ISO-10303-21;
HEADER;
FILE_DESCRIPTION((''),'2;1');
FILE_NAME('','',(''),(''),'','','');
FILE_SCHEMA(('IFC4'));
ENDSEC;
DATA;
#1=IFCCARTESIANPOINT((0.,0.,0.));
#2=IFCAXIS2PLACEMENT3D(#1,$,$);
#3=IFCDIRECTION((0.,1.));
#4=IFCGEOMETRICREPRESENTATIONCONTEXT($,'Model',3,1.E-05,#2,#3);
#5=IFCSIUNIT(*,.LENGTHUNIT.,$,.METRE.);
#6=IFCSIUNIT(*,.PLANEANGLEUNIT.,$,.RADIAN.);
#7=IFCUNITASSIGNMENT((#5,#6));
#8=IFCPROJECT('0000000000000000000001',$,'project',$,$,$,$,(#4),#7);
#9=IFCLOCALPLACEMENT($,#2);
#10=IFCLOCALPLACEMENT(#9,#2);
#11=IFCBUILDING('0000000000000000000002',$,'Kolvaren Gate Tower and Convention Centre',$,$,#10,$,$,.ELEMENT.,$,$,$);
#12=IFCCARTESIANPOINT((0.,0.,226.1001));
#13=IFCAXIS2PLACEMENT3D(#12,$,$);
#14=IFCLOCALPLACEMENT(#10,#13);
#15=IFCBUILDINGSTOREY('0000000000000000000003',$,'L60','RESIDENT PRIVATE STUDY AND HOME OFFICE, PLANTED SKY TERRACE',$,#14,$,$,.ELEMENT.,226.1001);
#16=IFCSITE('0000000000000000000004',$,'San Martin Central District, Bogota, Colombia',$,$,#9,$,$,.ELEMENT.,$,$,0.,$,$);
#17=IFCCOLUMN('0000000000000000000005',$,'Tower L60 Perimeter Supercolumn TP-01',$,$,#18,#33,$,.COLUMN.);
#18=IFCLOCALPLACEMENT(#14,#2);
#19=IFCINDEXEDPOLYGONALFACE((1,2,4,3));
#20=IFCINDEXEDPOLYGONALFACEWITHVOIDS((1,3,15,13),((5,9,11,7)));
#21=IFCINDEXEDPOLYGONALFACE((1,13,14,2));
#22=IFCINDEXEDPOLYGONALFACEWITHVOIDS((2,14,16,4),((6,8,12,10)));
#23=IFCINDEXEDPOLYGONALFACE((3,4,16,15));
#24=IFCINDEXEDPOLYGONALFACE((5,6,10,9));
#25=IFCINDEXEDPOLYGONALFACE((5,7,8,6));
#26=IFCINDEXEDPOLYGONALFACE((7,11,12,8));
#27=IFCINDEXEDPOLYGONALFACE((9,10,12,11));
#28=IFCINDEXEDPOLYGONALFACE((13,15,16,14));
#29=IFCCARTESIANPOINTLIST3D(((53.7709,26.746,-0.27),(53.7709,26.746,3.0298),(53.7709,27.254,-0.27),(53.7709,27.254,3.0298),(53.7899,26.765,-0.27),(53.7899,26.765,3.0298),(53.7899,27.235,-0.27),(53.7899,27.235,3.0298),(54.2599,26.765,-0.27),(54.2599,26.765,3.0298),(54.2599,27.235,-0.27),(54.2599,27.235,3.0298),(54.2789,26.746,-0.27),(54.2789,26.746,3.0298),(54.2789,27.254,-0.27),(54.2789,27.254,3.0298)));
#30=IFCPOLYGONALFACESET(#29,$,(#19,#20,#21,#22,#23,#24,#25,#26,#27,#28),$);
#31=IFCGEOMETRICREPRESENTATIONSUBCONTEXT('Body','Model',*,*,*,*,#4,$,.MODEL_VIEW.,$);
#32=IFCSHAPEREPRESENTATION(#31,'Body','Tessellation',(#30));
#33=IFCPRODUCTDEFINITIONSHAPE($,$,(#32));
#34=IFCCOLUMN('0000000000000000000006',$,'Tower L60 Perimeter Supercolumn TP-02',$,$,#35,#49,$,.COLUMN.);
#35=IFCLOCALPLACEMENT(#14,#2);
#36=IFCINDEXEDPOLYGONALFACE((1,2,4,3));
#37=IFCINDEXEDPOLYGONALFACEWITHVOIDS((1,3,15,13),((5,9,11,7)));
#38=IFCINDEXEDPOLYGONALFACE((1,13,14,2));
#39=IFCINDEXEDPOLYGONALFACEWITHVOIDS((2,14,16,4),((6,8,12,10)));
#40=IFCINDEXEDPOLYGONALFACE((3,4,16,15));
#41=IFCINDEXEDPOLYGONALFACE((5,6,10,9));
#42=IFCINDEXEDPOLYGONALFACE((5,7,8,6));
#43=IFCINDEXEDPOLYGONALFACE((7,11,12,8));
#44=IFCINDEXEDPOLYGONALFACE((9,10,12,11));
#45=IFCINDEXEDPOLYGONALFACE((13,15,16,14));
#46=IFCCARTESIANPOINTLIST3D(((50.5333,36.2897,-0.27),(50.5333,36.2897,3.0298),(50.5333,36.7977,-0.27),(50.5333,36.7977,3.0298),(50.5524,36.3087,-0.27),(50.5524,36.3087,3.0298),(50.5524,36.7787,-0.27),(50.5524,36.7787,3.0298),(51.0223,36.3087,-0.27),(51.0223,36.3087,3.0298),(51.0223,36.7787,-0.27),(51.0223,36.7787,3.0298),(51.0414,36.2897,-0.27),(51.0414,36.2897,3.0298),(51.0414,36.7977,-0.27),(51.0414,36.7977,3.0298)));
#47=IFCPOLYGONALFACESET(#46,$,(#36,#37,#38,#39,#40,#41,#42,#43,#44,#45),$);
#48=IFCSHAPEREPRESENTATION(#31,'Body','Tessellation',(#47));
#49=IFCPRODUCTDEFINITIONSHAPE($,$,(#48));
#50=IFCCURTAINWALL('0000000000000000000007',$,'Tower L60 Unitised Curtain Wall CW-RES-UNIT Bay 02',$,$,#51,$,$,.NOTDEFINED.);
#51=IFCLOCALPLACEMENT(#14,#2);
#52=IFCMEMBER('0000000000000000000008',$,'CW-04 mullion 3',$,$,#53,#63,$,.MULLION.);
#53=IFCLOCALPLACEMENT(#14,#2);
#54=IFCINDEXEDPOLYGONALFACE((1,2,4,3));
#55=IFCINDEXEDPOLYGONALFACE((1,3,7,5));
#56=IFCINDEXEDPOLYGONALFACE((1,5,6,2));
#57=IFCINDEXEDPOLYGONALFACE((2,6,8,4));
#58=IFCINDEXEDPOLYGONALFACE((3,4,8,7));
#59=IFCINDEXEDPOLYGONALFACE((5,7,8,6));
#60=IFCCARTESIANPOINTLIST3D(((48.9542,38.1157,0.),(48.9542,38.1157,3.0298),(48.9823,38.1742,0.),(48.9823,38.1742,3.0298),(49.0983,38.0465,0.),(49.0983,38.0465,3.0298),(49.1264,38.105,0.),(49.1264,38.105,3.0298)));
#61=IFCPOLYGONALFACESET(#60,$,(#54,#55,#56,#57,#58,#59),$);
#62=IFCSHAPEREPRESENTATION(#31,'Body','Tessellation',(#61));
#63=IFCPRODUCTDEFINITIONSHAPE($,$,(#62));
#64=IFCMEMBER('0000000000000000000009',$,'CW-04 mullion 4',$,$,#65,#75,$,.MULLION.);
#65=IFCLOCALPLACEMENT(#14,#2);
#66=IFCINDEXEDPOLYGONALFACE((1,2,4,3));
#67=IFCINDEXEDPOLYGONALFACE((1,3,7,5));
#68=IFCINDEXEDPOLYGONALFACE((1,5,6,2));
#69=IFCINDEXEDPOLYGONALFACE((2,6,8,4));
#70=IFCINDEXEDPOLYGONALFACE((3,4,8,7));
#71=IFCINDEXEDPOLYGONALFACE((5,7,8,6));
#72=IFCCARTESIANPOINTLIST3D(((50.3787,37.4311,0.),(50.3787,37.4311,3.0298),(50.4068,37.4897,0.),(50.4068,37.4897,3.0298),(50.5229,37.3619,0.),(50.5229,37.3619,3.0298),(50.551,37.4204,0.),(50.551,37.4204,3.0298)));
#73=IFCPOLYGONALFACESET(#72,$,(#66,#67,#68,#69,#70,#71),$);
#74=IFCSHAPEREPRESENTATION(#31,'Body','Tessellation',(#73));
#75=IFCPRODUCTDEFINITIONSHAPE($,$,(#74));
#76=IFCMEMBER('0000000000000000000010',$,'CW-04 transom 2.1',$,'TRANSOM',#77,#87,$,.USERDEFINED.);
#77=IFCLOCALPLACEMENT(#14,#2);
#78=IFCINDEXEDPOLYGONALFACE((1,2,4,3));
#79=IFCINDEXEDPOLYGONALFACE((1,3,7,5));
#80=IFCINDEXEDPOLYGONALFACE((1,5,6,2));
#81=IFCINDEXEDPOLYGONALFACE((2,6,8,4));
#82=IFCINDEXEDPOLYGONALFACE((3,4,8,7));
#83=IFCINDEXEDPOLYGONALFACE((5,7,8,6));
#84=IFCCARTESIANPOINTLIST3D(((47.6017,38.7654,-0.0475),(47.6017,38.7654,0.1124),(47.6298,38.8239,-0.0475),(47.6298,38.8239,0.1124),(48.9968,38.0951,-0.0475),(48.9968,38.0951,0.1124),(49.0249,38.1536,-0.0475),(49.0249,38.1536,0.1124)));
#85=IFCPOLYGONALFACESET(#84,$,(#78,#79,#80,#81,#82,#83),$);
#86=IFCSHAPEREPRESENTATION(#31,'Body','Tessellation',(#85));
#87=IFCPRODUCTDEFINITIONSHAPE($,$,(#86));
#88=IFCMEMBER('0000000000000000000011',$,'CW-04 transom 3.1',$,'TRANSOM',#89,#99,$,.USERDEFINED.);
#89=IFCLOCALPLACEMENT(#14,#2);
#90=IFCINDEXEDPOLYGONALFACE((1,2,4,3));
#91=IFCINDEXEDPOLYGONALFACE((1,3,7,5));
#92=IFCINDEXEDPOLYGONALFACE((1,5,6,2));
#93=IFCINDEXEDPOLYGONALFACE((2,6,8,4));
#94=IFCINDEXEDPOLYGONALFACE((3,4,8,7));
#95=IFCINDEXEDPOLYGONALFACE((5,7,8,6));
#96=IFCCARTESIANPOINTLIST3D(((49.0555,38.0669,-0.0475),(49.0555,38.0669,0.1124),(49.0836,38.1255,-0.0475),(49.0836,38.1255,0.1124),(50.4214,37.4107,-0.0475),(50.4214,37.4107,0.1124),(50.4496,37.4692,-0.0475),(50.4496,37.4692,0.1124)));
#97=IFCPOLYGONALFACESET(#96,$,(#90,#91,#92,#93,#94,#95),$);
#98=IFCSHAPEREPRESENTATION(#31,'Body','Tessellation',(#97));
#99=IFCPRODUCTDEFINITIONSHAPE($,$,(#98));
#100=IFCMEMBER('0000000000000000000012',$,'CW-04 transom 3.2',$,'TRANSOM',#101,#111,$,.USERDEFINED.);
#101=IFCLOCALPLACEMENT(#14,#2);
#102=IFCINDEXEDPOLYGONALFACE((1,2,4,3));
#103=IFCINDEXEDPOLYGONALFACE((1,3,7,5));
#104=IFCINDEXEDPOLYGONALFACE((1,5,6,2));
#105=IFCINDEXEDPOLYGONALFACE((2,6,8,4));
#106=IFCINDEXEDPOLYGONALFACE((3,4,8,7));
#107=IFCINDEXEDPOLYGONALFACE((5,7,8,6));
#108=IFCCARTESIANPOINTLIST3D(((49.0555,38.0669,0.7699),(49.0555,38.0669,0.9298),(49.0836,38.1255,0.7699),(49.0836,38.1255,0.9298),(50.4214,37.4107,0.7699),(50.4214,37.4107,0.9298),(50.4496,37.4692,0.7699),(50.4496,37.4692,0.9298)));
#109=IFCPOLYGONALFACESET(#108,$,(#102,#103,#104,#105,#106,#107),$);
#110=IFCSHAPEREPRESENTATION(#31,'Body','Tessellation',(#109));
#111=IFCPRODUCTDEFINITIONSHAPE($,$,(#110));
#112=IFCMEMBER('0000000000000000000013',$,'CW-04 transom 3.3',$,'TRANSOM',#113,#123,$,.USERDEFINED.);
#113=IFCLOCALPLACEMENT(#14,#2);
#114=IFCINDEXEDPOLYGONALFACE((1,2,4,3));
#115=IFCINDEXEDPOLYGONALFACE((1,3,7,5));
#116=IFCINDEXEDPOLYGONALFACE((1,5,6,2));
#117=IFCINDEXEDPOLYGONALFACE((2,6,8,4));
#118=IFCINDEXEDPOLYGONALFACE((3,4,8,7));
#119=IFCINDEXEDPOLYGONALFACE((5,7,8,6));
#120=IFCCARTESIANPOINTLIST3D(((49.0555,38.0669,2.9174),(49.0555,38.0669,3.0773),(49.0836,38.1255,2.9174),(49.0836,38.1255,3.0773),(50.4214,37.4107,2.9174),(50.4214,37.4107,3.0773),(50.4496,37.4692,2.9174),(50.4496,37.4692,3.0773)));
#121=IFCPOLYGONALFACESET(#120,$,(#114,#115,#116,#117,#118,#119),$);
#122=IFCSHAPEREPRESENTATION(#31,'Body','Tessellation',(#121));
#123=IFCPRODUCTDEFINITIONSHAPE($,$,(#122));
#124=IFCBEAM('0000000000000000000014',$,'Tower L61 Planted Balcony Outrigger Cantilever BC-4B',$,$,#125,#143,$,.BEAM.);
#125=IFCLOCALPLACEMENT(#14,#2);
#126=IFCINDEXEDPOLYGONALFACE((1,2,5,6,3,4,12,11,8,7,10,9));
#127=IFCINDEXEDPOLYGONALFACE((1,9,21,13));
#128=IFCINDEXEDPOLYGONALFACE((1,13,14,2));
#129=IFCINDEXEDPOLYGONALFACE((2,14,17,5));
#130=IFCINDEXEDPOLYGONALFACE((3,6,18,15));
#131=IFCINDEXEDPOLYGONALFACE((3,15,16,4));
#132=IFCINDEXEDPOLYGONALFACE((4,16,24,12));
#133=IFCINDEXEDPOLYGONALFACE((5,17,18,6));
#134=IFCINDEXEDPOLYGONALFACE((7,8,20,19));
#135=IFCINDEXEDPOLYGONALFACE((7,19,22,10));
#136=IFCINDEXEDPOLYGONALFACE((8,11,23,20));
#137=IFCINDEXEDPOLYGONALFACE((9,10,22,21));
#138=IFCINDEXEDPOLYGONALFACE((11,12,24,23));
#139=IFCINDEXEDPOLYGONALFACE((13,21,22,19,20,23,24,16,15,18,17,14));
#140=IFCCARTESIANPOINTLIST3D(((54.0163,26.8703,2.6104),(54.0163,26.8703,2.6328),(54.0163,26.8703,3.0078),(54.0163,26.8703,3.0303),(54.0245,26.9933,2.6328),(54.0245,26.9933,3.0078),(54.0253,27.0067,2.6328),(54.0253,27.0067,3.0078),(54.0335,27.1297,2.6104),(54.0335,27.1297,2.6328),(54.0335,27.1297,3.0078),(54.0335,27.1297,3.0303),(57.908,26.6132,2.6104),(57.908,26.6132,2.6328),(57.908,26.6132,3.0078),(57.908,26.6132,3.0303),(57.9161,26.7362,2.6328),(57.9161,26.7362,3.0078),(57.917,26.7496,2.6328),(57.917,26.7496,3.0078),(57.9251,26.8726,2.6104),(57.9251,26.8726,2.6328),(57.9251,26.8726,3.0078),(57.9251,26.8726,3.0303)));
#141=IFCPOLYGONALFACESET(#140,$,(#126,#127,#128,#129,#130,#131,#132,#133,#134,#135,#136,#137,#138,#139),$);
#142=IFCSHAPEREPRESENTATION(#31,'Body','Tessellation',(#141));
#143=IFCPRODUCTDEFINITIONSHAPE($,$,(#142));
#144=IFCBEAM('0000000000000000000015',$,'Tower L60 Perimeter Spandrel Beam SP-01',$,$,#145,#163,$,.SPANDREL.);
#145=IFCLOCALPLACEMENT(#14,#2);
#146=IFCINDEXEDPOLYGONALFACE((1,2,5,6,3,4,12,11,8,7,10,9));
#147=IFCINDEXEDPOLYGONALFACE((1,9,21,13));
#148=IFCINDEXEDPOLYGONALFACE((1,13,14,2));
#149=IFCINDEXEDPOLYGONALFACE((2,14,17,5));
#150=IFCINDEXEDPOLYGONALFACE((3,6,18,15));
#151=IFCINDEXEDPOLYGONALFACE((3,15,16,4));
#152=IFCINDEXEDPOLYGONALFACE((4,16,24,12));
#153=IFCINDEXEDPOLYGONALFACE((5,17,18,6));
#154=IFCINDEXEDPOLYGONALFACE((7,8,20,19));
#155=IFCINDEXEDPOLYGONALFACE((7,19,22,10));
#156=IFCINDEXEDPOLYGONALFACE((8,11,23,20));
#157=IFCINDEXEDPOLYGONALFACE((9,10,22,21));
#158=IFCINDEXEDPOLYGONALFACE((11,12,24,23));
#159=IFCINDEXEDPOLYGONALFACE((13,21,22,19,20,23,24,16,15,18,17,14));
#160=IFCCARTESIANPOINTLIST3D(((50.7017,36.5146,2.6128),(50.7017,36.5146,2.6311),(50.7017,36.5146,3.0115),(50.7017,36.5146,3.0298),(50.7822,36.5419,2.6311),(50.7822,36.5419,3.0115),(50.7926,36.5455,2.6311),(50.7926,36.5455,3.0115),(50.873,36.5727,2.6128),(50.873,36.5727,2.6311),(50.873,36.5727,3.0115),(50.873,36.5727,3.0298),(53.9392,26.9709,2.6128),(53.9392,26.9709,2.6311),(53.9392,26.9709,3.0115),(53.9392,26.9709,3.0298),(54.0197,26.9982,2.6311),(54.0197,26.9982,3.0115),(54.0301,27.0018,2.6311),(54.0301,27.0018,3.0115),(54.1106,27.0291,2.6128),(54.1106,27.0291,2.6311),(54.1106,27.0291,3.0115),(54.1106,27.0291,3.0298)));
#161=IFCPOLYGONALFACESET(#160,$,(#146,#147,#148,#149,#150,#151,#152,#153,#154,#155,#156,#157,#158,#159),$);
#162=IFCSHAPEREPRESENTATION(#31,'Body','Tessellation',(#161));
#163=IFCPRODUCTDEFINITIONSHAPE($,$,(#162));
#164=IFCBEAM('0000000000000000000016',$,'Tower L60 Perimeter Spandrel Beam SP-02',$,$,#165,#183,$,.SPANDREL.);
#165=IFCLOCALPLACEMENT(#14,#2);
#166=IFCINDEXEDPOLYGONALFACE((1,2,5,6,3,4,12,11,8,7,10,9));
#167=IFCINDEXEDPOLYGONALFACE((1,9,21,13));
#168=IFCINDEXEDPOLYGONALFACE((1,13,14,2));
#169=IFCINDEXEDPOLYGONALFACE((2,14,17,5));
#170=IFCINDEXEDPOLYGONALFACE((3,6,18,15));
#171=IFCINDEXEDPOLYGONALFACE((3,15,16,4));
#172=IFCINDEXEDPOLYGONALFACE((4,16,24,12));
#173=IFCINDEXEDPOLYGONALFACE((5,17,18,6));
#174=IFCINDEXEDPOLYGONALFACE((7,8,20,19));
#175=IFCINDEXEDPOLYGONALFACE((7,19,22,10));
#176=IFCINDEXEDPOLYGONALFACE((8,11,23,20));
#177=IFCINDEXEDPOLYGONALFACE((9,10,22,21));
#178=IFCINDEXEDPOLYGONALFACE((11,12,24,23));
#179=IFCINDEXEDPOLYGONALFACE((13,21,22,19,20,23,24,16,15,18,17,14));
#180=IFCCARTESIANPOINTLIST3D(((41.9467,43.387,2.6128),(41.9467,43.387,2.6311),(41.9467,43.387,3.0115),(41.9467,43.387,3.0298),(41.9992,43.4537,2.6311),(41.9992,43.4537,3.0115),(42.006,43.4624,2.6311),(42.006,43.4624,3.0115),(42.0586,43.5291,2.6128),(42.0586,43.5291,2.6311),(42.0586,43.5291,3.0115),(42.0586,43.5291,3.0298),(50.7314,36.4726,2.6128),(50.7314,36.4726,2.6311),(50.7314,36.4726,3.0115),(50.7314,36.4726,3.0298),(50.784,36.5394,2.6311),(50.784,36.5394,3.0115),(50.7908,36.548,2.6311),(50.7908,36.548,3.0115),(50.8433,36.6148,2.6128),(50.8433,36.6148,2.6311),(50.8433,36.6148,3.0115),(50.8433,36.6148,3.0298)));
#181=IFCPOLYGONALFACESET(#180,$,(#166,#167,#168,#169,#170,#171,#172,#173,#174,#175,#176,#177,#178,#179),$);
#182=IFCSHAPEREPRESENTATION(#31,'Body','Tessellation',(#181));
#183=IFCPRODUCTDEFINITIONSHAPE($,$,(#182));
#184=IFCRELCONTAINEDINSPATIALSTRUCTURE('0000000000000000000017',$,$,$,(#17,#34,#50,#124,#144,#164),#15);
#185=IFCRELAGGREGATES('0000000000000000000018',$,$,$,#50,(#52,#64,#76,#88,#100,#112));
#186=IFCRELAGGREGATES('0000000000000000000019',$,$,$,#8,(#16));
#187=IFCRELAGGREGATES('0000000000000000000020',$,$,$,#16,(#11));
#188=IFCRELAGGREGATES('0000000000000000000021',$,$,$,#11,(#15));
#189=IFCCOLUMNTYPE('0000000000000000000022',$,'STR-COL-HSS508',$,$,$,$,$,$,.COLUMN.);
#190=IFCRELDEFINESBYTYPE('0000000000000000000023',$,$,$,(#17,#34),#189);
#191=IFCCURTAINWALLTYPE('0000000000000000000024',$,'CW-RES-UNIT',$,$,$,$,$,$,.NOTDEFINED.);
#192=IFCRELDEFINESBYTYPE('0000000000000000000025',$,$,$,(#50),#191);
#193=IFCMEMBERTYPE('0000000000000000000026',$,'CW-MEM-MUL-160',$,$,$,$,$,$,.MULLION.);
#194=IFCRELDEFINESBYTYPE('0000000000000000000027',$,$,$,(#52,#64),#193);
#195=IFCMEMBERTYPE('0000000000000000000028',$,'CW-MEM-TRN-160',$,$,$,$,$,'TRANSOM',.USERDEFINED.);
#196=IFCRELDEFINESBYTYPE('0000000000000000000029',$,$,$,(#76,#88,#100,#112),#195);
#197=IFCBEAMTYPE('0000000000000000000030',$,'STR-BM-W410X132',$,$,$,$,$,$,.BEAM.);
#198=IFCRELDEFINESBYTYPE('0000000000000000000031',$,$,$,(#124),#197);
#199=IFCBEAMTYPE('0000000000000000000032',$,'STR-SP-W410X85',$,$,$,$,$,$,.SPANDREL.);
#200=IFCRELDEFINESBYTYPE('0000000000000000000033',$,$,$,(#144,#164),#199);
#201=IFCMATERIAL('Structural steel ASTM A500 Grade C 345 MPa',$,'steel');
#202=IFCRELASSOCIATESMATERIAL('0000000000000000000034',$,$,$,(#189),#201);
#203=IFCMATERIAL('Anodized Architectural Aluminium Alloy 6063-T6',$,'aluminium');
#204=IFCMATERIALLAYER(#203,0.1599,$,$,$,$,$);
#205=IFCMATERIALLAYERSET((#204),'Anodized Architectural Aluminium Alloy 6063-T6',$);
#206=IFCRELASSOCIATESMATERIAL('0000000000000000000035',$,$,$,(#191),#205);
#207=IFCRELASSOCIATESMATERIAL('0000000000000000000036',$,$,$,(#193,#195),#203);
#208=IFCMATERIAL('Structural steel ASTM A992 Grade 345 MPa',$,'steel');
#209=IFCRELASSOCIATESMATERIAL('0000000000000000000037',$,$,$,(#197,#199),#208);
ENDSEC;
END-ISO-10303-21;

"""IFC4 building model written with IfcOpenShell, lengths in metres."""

from ifc_helpers import new_model, si_unit, direction, frame, origin, origin_2d, place, context, subcontext, project, spatial, rectangle, hollow_rectangle, i_section, extrude, material, layer, layer_set, material_profile, profile_set, type_object, element, aggregate, save


model = new_model("IFC4")

# Units and contexts
model_context = context("Model", 3, precision=1e-05, world=origin(), true_north=direction((0.0, 1.0)))
body_context = subcontext(model_context, "Body", "Model", "MODEL_VIEW")
ifc_project = project(units=[si_unit("LENGTHUNIT", "METRE"), si_unit("PLANEANGLEUNIT", "RADIAN")], contexts=[model_context])

# Site, building, storey
site_placement = place(None, origin())
site = spatial("IfcSite", under=ifc_project, at=site_placement, Name="San Martin Central District, Bogota, Colombia", CompositionType="ELEMENT", RefElevation=0.0)
building_placement = place(site_placement, origin())
building = spatial("IfcBuilding", under=site, at=building_placement, Name="Kolvaren Gate Tower and Convention Centre", CompositionType="ELEMENT")
storey_placement = place(building_placement, frame((0.0, 0.0, 226.1001)))
storey = spatial("IfcBuildingStorey", under=building, at=storey_placement, Name="L60", Description="RESIDENT PRIVATE STUDY AND HOME OFFICE, PLANTED SKY TERRACE", CompositionType="ELEMENT", Elevation=226.1001)

# Columns
ifc_material_1 = material(Name="Structural steel ASTM A500 Grade C 345 MPa", Category="steel")
ifc_material_profile_1 = material_profile(ifc_material_1, hollow_rectangle(XDim=0.5081, YDim=0.5081, WallThickness=0.019, at=origin_2d()), Name="HSS508X508X19.1")
ifc_profile_set_1 = profile_set([ifc_material_profile_1], Name="Structural steel ASTM A500 Grade C 345 MPa")
column_type = type_object("IfcColumnType", Name="STR-COL-HSS508", PredefinedType="COLUMN", material=ifc_profile_set_1)
for number, where, z_axis, x_axis, name in (
    (1, (54.0249, 27.0, -0.27), (0.0, 0.0, 1.0), (1.0, 0.0, 0.0), "Tower L60 Perimeter Supercolumn TP-01"),
    (2, (50.7874, 36.5437, -0.27), (0.0, 0.0, 1.0), (1.0, 0.0, 0.0), "Tower L60 Perimeter Supercolumn TP-02"),
):
    element("IfcColumn", number, at=place(storey_placement, frame(where, z_axis=z_axis, x_axis=x_axis)), inside=storey, type_object=column_type, Name=name, PredefinedType="COLUMN", context=body_context, shape_type="SweptSolid", body=[
        extrude(hollow_rectangle(XDim=0.5081, YDim=0.5081, WallThickness=0.019, at=origin_2d()), origin(), (0.0, 0.0, 1.0), 3.2998),
    ])

# Curtain wall, members
ifc_material_2 = material(Name="Anodized Architectural Aluminium Alloy 6063-T6", Category="aluminium")
ifc_layer_1 = layer(ifc_material_2, 0.1599)
ifc_layer_set_1 = layer_set([ifc_layer_1], Name="Anodized Architectural Aluminium Alloy 6063-T6")
curtain_wall_type = type_object("IfcCurtainWallType", Name="CW-RES-UNIT", PredefinedType="NOTDEFINED", material=ifc_layer_set_1)
curtain_wall_placement = place(storey_placement, origin())
curtain_wall = element("IfcCurtainWall", 3, at=curtain_wall_placement, inside=storey, type_object=curtain_wall_type, Name="Tower L60 Unitised Curtain Wall CW-RES-UNIT Bay 02", PredefinedType="NOTDEFINED")
ifc_material_profile_2 = material_profile(ifc_material_2, rectangle(XDim=0.0649, YDim=0.1599, at=origin_2d()), Name="CW-MEM-MUL-160")
ifc_profile_set_2 = profile_set([ifc_material_profile_2], Name="Anodized Architectural Aluminium Alloy 6063-T6")
member_type_1 = type_object("IfcMemberType", Name="CW-MEM-MUL-160", PredefinedType="MULLION", material=ifc_profile_set_2)
member_1_placement = place(storey_placement, frame((49.0403, 38.1104, 0.0), z_axis=(0.0, 0.0, 1.0), x_axis=(0.433064, 0.901363, 0.0)))
member_1 = element("IfcMember", 4, at=member_1_placement, type_object=member_type_1, Name="CW-04 mullion 3", PredefinedType="MULLION", context=body_context, shape_type="SweptSolid", body=[
    extrude(rectangle(XDim=0.0649, YDim=0.1599, at=origin_2d()), origin(), (0.0, 0.0, 1.0), 3.0298),
])
member_2_placement = place(storey_placement, frame((50.4648, 37.4258, 0.0), z_axis=(0.0, 0.0, 1.0), x_axis=(0.433064, 0.901363, 0.0)))
member_2 = element("IfcMember", 5, at=member_2_placement, type_object=member_type_1, Name="CW-04 mullion 4", PredefinedType="MULLION", context=body_context, shape_type="SweptSolid", body=[
    extrude(rectangle(XDim=0.0649, YDim=0.1599, at=origin_2d()), origin(), (0.0, 0.0, 1.0), 3.0298),
])
ifc_material_profile_3 = material_profile(ifc_material_2, rectangle(XDim=0.0649, YDim=0.1599, at=origin_2d()), Name="CW-MEM-TRN-160")
ifc_profile_set_3 = profile_set([ifc_material_profile_3], Name="Anodized Architectural Aluminium Alloy 6063-T6")
member_type_2 = type_object("IfcMemberType", Name="CW-MEM-TRN-160", ElementType="TRANSOM", PredefinedType="USERDEFINED", material=ifc_profile_set_3)
member_3_placement = place(storey_placement, frame((47.6157, 38.7947, 0.0325), z_axis=(0.901351, -0.43309, 0.0), x_axis=(0.43309, 0.901351, 0.0)))
member_3 = element("IfcMember", 6, at=member_3_placement, type_object=member_type_2, Name="CW-04 transom 2.1", ObjectType="TRANSOM", PredefinedType="USERDEFINED", context=body_context, shape_type="SweptSolid", body=[
    extrude(rectangle(XDim=0.0649, YDim=0.1599, at=origin_2d()), origin(), (0.0, 0.0, 1.0), 1.5479),
])
member_4_placement = place(storey_placement, frame((49.0696, 38.0962, 0.0325), z_axis=(0.901372, -0.433045, 0.0), x_axis=(0.433045, 0.901372, 0.0)))
member_4 = element("IfcMember", 7, at=member_4_placement, type_object=member_type_2, Name="CW-04 transom 3.1", ObjectType="TRANSOM", PredefinedType="USERDEFINED", context=body_context, shape_type="SweptSolid", body=[
    extrude(rectangle(XDim=0.0649, YDim=0.1599, at=origin_2d()), origin(), (0.0, 0.0, 1.0), 1.5154),
])
member_5_placement = place(storey_placement, frame((49.0696, 38.0962, 0.8499), z_axis=(0.901372, -0.433045, 0.0), x_axis=(0.433045, 0.901372, 0.0)))
member_5 = element("IfcMember", 8, at=member_5_placement, type_object=member_type_2, Name="CW-04 transom 3.2", ObjectType="TRANSOM", PredefinedType="USERDEFINED", context=body_context, shape_type="SweptSolid", body=[
    extrude(rectangle(XDim=0.0649, YDim=0.1599, at=origin_2d()), origin(), (0.0, 0.0, 1.0), 1.5154),
])
member_6_placement = place(storey_placement, frame((49.0696, 38.0962, 2.9973), z_axis=(0.901372, -0.433045, 0.0), x_axis=(0.433045, 0.901372, 0.0)))
member_6 = element("IfcMember", 9, at=member_6_placement, type_object=member_type_2, Name="CW-04 transom 3.3", ObjectType="TRANSOM", PredefinedType="USERDEFINED", context=body_context, shape_type="SweptSolid", body=[
    extrude(rectangle(XDim=0.0649, YDim=0.1599, at=origin_2d()), origin(), (0.0, 0.0, 1.0), 1.5154),
])

# Beams
ifc_material_3 = material(Name="Structural steel ASTM A992 Grade 345 MPa", Category="steel")
ifc_material_profile_4 = material_profile(ifc_material_3, i_section(OverallWidth=0.26, OverallDepth=0.4199, WebThickness=0.0134, FlangeThickness=0.0225, at=origin_2d()), Name="W410X132")
ifc_profile_set_4 = profile_set([ifc_material_profile_4], Name="Structural steel ASTM A992 Grade 345 MPa")
beam_type_1 = type_object("IfcBeamType", Name="STR-BM-W410X132", PredefinedType="BEAM", material=ifc_profile_set_4)
beam_1_placement = place(storey_placement, frame((54.0249, 27.0, 2.8203), z_axis=(0.997825, -0.065917, 0.0), x_axis=(0.065917, 0.997825, 0.0)))
element("IfcBeam", 10, at=beam_1_placement, inside=storey, type_object=beam_type_1, Name="Tower L61 Planted Balcony Outrigger Cantilever BC-4B", PredefinedType="BEAM", context=body_context, shape_type="SweptSolid", body=[
    extrude(i_section(OverallWidth=0.26, OverallDepth=0.4199, WebThickness=0.0134, FlangeThickness=0.0225, at=origin_2d()), origin(), (0.0, 0.0, 1.0), 3.9001),
])
ifc_material_profile_5 = material_profile(ifc_material_3, i_section(OverallWidth=0.1809, OverallDepth=0.417, WebThickness=0.011, FlangeThickness=0.0183, at=origin_2d()), Name="W410X85")
ifc_profile_set_5 = profile_set([ifc_material_profile_5], Name="Structural steel ASTM A992 Grade 345 MPa")
beam_type_2 = type_object("IfcBeamType", Name="STR-SP-W410X85", PredefinedType="SPANDREL", material=ifc_profile_set_5)
beam_2_placement = place(storey_placement, frame((54.0249, 27.0, 2.8213), z_axis=(-0.321253, 0.946994, 0.0), x_axis=(-0.946994, -0.321253, 0.0)))
element("IfcBeam", 11, at=beam_2_placement, inside=storey, type_object=beam_type_2, Name="Tower L60 Perimeter Spandrel Beam SP-01", PredefinedType="SPANDREL", context=body_context, shape_type="SweptSolid", body=[
    extrude(i_section(OverallWidth=0.1809, OverallDepth=0.417, WebThickness=0.011, FlangeThickness=0.0183, at=origin_2d()), origin(), (0.0, 0.0, 1.0), 10.0779),
])
beam_3_placement = place(storey_placement, frame((50.7874, 36.5437, 2.8213), z_axis=(-0.785794, 0.618489, 0.0), x_axis=(-0.618489, -0.785794, 0.0)))
element("IfcBeam", 12, at=beam_3_placement, inside=storey, type_object=beam_type_2, Name="Tower L60 Perimeter Spandrel Beam SP-02", PredefinedType="SPANDREL", context=body_context, shape_type="SweptSolid", body=[
    extrude(i_section(OverallWidth=0.1809, OverallDepth=0.417, WebThickness=0.011, FlangeThickness=0.0183, at=origin_2d()), origin(), (0.0, 0.0, 1.0), 11.1794),
])

aggregate(curtain_wall, [member_1, member_2, member_3, member_4, member_5, member_6])

save(model, "model.ifc")
